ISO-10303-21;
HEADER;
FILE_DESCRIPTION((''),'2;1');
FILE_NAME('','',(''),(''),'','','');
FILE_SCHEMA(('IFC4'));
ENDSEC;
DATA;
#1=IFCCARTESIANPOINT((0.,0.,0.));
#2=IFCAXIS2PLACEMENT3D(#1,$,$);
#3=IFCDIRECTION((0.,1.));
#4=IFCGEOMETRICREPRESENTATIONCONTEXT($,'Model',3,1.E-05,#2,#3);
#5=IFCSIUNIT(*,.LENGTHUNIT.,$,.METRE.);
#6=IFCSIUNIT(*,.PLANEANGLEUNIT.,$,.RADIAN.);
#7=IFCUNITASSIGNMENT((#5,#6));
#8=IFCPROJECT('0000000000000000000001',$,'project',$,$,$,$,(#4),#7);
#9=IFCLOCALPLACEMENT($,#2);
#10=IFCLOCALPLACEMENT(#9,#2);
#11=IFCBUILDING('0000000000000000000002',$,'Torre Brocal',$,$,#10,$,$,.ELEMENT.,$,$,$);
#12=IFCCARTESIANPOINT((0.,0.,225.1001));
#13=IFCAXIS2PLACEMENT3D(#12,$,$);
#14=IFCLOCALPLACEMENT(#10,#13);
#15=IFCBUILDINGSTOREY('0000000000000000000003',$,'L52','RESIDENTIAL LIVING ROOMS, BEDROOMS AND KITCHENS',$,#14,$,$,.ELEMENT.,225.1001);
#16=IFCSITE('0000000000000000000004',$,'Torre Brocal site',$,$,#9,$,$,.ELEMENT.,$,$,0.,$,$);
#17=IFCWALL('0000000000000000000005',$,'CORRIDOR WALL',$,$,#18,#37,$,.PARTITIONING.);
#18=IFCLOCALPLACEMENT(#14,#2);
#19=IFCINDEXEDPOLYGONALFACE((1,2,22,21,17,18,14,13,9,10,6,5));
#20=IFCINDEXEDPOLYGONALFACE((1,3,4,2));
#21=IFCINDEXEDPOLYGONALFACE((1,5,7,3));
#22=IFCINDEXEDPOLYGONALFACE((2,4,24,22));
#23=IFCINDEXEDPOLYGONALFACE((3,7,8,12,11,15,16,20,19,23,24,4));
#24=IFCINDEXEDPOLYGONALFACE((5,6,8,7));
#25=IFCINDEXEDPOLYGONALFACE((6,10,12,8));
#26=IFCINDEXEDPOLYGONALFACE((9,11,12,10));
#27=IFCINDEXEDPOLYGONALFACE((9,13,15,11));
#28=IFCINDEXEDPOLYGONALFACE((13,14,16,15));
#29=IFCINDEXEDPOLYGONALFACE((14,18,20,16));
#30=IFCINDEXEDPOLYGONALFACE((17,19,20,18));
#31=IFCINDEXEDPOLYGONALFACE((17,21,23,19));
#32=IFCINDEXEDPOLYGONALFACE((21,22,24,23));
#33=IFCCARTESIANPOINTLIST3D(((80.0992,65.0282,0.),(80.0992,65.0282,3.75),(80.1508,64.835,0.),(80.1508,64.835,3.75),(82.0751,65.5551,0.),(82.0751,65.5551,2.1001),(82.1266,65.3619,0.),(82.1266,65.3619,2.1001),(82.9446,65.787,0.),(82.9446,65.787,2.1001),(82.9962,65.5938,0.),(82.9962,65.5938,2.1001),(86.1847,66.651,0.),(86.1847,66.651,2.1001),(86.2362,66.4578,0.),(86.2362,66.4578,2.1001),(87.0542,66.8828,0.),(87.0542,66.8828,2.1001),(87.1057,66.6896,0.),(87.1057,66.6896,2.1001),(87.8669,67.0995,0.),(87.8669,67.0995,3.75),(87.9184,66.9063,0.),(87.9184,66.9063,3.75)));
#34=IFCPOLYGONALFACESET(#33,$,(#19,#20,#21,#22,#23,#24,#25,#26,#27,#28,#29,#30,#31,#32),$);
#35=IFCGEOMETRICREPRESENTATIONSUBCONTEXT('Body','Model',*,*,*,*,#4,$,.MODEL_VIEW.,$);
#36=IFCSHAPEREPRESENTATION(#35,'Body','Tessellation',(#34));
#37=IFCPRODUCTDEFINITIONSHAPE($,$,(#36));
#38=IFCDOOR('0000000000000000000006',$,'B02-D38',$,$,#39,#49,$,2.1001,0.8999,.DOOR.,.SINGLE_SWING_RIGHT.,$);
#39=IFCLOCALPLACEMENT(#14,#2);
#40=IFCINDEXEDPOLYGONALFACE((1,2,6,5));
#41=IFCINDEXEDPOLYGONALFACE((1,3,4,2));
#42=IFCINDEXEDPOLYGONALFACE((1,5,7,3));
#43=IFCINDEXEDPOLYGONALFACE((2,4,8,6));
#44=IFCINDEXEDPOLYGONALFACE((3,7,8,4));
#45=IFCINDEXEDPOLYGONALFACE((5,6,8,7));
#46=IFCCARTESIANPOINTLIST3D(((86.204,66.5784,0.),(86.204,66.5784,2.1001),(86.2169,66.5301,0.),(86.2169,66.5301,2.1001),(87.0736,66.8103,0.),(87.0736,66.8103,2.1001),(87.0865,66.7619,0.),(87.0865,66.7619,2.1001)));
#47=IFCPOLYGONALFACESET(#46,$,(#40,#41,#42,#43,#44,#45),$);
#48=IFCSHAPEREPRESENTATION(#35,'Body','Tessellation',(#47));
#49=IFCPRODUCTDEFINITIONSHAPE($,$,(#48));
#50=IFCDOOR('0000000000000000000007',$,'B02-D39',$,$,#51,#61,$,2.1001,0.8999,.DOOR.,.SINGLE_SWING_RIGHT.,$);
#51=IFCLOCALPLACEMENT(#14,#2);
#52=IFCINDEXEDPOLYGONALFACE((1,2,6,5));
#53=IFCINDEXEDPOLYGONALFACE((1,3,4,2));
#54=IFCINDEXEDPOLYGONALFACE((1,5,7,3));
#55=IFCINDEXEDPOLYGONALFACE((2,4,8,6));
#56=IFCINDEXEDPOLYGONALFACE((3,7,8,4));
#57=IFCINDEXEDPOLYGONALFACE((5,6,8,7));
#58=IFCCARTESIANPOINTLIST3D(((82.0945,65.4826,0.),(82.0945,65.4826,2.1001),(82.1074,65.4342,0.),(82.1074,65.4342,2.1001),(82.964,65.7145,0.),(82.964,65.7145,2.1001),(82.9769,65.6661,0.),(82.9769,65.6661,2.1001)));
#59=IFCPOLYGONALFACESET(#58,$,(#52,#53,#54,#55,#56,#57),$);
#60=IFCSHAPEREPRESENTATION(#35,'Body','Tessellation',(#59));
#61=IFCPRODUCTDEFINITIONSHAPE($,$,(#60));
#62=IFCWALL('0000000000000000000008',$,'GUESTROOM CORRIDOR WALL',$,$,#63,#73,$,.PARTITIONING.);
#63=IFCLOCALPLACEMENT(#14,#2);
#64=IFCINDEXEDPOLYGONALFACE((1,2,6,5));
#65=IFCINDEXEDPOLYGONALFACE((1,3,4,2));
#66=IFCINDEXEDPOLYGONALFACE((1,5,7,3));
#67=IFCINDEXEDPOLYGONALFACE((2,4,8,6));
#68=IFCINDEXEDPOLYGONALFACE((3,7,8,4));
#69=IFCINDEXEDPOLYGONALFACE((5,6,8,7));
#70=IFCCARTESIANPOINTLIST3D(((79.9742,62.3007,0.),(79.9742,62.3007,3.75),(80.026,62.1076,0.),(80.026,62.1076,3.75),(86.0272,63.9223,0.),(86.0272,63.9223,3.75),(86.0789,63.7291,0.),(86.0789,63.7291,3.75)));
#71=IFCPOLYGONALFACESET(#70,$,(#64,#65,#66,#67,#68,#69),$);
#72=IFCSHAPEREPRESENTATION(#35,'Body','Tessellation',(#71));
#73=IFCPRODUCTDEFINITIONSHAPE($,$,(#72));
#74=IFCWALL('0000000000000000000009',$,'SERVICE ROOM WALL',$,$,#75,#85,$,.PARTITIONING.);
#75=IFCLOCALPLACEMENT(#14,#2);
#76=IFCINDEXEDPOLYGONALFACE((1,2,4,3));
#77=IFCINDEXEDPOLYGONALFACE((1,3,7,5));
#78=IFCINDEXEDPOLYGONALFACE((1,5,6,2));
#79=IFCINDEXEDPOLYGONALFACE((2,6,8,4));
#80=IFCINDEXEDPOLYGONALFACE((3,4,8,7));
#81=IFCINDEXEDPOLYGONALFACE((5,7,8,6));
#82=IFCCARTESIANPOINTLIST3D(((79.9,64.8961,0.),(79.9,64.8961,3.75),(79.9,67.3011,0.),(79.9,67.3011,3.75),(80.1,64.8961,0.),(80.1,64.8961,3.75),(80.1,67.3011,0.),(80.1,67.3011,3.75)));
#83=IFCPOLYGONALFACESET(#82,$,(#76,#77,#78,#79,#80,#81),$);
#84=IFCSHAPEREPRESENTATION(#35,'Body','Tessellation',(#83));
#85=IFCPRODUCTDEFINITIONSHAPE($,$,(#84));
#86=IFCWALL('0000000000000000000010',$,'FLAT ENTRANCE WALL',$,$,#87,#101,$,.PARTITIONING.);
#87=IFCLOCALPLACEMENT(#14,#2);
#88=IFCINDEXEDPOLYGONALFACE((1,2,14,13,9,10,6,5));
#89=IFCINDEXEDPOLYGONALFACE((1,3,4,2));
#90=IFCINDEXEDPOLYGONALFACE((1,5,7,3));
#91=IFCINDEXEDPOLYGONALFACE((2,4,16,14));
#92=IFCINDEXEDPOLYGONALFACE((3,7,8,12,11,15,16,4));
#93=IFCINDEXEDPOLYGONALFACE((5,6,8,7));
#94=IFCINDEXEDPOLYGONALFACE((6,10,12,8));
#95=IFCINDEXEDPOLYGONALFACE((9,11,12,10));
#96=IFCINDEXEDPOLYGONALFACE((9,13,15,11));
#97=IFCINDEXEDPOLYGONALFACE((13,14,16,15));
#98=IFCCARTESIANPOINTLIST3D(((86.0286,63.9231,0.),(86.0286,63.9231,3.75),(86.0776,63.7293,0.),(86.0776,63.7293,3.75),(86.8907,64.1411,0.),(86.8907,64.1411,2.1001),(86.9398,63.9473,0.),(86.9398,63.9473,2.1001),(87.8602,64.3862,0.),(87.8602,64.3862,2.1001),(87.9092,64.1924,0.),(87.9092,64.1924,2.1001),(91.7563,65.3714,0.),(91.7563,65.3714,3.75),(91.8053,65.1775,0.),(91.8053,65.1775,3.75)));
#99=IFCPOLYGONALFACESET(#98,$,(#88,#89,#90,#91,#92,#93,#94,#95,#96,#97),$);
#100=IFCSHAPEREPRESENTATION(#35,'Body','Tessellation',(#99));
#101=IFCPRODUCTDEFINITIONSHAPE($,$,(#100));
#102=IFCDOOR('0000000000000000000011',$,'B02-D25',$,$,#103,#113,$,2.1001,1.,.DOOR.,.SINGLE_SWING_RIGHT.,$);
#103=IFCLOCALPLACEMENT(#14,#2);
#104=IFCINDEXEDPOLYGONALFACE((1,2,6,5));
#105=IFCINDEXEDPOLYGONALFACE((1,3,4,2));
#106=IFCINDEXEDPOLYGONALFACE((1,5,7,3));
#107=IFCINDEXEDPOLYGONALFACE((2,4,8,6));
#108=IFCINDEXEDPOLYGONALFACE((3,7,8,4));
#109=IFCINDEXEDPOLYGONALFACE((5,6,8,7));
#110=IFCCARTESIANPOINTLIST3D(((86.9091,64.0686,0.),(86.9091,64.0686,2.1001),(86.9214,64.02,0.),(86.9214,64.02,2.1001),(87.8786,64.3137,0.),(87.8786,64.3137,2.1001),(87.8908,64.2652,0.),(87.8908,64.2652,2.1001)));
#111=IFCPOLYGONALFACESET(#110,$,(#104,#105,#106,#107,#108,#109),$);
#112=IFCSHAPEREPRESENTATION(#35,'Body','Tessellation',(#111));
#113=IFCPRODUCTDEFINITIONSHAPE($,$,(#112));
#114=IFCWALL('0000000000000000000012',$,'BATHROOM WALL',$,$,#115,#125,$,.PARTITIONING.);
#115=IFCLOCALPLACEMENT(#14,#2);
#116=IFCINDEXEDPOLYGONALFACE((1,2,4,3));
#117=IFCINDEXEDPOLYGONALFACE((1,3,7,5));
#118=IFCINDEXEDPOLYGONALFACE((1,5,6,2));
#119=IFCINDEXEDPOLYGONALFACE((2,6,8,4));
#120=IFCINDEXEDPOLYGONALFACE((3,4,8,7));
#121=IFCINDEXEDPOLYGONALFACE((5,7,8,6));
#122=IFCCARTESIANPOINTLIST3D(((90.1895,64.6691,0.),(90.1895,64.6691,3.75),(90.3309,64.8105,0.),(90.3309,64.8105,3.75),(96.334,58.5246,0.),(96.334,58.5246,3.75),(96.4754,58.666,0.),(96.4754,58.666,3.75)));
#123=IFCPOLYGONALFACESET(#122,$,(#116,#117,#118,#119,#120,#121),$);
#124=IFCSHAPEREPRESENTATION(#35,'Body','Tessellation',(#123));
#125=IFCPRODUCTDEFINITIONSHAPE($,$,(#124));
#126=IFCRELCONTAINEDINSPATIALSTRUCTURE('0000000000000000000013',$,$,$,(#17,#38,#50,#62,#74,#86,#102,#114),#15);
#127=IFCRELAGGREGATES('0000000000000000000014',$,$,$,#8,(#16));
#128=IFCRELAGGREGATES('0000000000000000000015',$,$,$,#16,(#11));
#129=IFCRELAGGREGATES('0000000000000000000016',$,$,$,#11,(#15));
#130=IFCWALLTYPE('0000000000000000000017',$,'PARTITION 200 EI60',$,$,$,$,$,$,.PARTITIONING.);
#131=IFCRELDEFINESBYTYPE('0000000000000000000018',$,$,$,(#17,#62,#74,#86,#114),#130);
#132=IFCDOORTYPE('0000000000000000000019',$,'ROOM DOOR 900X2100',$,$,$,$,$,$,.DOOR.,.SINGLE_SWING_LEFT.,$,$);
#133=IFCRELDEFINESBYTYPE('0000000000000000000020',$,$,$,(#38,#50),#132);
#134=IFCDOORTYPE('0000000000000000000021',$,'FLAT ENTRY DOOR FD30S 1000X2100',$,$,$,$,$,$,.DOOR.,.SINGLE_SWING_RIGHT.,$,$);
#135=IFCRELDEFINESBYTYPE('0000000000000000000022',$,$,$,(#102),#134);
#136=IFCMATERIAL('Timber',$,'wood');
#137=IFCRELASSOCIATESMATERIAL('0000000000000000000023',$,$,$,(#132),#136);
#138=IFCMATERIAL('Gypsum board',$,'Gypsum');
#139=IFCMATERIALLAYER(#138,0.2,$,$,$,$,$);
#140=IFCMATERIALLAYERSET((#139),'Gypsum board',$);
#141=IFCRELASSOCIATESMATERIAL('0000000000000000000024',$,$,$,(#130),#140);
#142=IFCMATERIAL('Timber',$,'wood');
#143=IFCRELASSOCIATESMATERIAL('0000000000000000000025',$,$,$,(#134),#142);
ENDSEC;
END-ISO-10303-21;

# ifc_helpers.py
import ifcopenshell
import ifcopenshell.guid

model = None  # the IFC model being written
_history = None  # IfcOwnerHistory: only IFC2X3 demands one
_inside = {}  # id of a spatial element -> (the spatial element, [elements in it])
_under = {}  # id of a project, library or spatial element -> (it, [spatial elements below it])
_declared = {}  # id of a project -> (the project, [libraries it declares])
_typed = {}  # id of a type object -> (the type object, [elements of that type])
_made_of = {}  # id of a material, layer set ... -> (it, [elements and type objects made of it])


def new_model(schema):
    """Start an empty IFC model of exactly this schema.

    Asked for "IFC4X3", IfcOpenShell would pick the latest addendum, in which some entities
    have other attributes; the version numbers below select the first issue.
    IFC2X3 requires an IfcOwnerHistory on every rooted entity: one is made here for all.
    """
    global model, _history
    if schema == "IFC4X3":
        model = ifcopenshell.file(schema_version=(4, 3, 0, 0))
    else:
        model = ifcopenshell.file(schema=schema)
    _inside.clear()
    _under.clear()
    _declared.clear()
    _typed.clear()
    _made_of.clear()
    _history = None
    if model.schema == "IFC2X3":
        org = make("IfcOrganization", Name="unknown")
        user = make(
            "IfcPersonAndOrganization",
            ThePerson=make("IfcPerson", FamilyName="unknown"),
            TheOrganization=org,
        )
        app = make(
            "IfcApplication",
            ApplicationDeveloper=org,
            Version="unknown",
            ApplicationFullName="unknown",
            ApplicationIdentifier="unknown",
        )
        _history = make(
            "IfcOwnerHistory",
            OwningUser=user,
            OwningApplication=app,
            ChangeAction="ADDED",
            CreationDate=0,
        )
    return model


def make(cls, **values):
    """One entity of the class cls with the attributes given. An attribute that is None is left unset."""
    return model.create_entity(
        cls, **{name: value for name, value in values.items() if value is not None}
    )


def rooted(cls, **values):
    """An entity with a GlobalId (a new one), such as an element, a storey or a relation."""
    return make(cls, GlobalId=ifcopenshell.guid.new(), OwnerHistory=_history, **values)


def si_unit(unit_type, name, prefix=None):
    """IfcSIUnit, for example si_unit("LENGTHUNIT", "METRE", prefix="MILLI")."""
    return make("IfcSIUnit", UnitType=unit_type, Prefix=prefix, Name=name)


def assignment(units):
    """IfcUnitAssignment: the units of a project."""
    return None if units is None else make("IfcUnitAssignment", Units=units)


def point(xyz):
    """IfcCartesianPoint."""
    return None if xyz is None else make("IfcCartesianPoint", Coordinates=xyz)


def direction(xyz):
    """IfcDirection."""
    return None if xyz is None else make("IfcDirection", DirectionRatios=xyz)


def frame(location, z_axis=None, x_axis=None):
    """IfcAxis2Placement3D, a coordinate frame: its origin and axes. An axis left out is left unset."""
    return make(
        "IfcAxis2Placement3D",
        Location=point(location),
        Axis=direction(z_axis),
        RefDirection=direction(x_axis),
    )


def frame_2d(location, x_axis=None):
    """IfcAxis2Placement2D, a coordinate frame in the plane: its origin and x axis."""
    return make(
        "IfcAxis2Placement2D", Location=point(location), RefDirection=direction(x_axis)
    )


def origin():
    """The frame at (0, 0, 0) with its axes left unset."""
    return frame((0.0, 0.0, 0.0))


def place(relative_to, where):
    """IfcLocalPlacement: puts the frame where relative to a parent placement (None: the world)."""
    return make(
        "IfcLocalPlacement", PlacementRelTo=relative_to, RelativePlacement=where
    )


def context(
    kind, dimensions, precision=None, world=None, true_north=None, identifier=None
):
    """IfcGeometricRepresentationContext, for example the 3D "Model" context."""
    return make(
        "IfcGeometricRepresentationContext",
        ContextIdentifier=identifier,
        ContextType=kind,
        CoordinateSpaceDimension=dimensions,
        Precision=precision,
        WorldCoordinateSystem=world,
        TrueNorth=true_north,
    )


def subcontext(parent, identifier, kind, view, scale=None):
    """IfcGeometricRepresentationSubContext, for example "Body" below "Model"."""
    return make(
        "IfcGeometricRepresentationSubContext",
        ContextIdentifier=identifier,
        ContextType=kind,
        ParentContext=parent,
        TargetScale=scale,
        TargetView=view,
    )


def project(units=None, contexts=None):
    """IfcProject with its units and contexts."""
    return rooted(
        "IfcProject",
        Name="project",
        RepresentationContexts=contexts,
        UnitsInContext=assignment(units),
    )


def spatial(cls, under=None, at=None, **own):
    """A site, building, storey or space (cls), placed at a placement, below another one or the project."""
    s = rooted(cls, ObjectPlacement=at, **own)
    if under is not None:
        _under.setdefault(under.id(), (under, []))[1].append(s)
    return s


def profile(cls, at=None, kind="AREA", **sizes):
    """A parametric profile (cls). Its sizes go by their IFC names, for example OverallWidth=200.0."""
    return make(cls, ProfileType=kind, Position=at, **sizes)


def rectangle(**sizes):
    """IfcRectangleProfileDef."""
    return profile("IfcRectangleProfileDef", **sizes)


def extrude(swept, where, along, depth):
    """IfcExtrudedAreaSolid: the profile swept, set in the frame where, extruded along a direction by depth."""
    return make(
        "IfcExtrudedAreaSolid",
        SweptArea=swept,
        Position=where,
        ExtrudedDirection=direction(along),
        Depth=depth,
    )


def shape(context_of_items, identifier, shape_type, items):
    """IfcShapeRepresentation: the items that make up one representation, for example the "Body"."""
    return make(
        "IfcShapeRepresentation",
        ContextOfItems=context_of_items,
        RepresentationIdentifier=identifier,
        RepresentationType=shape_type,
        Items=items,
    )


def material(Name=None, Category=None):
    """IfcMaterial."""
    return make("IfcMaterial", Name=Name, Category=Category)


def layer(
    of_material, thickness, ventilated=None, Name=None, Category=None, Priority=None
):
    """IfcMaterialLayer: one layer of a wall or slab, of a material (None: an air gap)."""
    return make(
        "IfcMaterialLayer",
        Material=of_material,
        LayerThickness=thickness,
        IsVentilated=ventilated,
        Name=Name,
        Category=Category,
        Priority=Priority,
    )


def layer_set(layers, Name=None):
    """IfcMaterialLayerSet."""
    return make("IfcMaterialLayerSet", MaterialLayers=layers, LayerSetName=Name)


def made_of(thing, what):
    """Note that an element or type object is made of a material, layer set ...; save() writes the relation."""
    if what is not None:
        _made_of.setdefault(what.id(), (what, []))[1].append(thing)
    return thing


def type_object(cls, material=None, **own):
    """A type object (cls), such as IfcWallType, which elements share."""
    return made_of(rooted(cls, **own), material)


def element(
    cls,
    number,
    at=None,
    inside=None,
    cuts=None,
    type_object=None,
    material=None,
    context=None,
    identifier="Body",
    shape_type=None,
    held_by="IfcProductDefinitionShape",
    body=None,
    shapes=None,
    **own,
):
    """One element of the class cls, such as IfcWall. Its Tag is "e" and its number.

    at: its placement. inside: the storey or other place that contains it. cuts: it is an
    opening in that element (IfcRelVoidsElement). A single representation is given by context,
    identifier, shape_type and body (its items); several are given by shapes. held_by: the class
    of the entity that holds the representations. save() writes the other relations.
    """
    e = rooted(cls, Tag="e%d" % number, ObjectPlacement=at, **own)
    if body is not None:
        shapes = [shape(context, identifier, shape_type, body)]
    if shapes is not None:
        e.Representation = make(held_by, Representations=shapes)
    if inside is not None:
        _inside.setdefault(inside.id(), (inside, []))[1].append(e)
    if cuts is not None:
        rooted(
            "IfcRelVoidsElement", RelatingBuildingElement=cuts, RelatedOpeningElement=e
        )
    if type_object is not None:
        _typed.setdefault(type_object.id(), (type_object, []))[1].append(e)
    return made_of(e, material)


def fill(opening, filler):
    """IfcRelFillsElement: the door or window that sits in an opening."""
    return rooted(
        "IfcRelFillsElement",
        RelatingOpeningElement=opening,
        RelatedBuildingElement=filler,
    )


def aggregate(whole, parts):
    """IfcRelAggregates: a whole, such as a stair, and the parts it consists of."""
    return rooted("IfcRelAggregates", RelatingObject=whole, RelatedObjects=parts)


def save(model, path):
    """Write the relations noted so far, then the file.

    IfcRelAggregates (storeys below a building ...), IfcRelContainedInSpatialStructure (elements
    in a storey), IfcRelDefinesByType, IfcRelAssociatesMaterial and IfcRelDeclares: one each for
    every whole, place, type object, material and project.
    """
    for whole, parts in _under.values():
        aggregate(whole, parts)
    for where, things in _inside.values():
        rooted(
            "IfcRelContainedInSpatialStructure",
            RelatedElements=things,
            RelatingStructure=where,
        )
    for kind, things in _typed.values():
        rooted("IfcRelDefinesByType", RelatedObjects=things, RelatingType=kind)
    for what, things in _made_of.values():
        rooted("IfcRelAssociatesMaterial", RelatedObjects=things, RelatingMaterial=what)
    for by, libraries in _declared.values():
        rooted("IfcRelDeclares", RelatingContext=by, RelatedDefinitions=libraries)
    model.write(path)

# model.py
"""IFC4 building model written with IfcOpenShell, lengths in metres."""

from ifc_helpers import new_model, si_unit, direction, frame, frame_2d, origin, place, context, subcontext, project, spatial, rectangle, extrude, material, layer, layer_set, type_object, element, fill, save


model = new_model("IFC4")

# Units and contexts
model_context = context("Model", 3, precision=1e-05, world=origin(), true_north=direction((0.0, 1.0)))
body_context = subcontext(model_context, "Body", "Model", "MODEL_VIEW")
ifc_project = project(units=[si_unit("LENGTHUNIT", "METRE"), si_unit("PLANEANGLEUNIT", "RADIAN")], contexts=[model_context])

# Site, building, storey
site_placement = place(None, origin())
site = spatial("IfcSite", under=ifc_project, at=site_placement, Name="Torre Brocal site", CompositionType="ELEMENT", RefElevation=0.0)
building_placement = place(site_placement, origin())
building = spatial("IfcBuilding", under=site, at=building_placement, Name="Torre Brocal", CompositionType="ELEMENT")
storey_placement = place(building_placement, frame((0.0, 0.0, 225.1001)))
storey = spatial("IfcBuildingStorey", under=building, at=storey_placement, Name="L52", Description="RESIDENTIAL LIVING ROOMS, BEDROOMS AND KITCHENS", CompositionType="ELEMENT", Elevation=225.1001)

# Shared definitions
ifc_material_1 = material(Name="Timber", Category="wood")
door_type_1 = type_object("IfcDoorType", Name="ROOM DOOR 900X2100", OperationType="SINGLE_SWING_LEFT", PredefinedType="DOOR", material=ifc_material_1)

# Wall, openings, doors
ifc_material_2 = material(Name="Gypsum board", Category="Gypsum")
ifc_layer_1 = layer(ifc_material_2, 0.2)
ifc_layer_set_1 = layer_set([ifc_layer_1], Name="Gypsum board")
wall_type_1 = type_object("IfcWallType", Name="PARTITION 200 EI60", PredefinedType="PARTITIONING", material=ifc_layer_set_1)
wall_1_placement = place(storey_placement, frame((80.125, 64.9316, 0.0), z_axis=(0.0, 0.0, 1.0), x_axis=(0.966237, 0.257655, 0.0)))
wall_1 = element("IfcWall", 1, at=wall_1_placement, inside=storey, type_object=wall_type_1, Name="CORRIDOR WALL", PredefinedType="PARTITIONING", context=body_context, shape_type="SweptSolid", body=[
    extrude(rectangle(XDim=8.0391, YDim=0.2, at=frame_2d((4.0195, 0.0))), origin(), (0.0, 0.0, 1.0), 3.75),
])
opening_1_placement = place(wall_1_placement, frame((6.2981, 0.0, 0.0)))
opening_1 = element("IfcOpeningElement", 2, at=opening_1_placement, cuts=wall_1, PredefinedType="OPENING", context=body_context, shape_type="SweptSolid", body=[
    extrude(rectangle(XDim=0.8999, YDim=2.1001, at=frame_2d((0.45, 1.05))), frame((0.0, 0.1099, 0.0), z_axis=(0.0, -1.0, 0.0), x_axis=(1.0, 0.0, 0.0)), (0.0, 0.0, 1.0), 0.22),
])
opening_2_placement = place(wall_1_placement, frame((2.0449, 0.0, 0.0)))
opening_2 = element("IfcOpeningElement", 3, at=opening_2_placement, cuts=wall_1, PredefinedType="OPENING", context=body_context, shape_type="SweptSolid", body=[
    extrude(rectangle(XDim=0.8999, YDim=2.1001, at=frame_2d((0.45, 1.05))), frame((0.0, 0.1099, 0.0), z_axis=(0.0, -1.0, 0.0), x_axis=(1.0, 0.0, 0.0)), (0.0, 0.0, 1.0), 0.22),
])
door_1_placement = place(opening_1_placement, origin())
door_1 = element("IfcDoor", 4, at=door_1_placement, inside=storey, type_object=door_type_1, Name="B02-D38", OperationType="SINGLE_SWING_RIGHT", OverallHeight=2.1001, OverallWidth=0.8999, PredefinedType="DOOR", context=body_context, shape_type="SweptSolid", body=[
    extrude(rectangle(XDim=0.8999, YDim=2.1001, at=frame_2d((0.45, 1.05))), frame((0.0, 0.0249, 0.0), z_axis=(0.0, -1.0, 0.0), x_axis=(1.0, 0.0, 0.0)), (0.0, 0.0, 1.0), 0.05),
])
fill(opening_1, door_1)
door_2_placement = place(opening_2_placement, origin())
door_2 = element("IfcDoor", 5, at=door_2_placement, inside=storey, type_object=door_type_1, Name="B02-D39", OperationType="SINGLE_SWING_RIGHT", OverallHeight=2.1001, OverallWidth=0.8999, PredefinedType="DOOR", context=body_context, shape_type="SweptSolid", body=[
    extrude(rectangle(XDim=0.8999, YDim=2.1001, at=frame_2d((0.45, 1.05))), frame((0.0, 0.0249, 0.0), z_axis=(0.0, -1.0, 0.0), x_axis=(1.0, 0.0, 0.0)), (0.0, 0.0, 1.0), 0.05),
])
fill(opening_2, door_2)

# Walls
wall_2_placement = place(storey_placement, frame((80.0, 62.2041, 0.0), z_axis=(0.0, 0.0, 1.0), x_axis=(0.965938, 0.258773, 0.0)))
element("IfcWall", 6, at=wall_2_placement, inside=storey, type_object=wall_type_1, Name="GUESTROOM CORRIDOR WALL", PredefinedType="PARTITIONING", context=body_context, shape_type="SweptSolid", body=[
    extrude(rectangle(XDim=6.2664, YDim=0.2, at=frame_2d((3.1333, 0.0))), origin(), (0.0, 0.0, 1.0), 3.75),
])
wall_3_placement = place(storey_placement, frame((80.0, 64.896, 0.0), z_axis=(0.0, 0.0, 1.0), x_axis=(0.0, 1.0, 0.0)))
element("IfcWall", 7, at=wall_3_placement, inside=storey, type_object=wall_type_1, Name="SERVICE ROOM WALL", PredefinedType="PARTITIONING", context=body_context, shape_type="SweptSolid", body=[
    extrude(rectangle(XDim=2.405, YDim=0.2, at=frame_2d((1.2026, 0.0))), origin(), (0.0, 0.0, 1.0), 3.75),
])

# Wall, opening, door
wall_4_placement = place(storey_placement, frame((86.053, 63.8262, 0.0), z_axis=(0.0, 0.0, 1.0), x_axis=(0.96949, 0.245131, 0.0)))
wall_4 = element("IfcWall", 8, at=wall_4_placement, inside=storey, type_object=wall_type_1, Name="FLAT ENTRANCE WALL", PredefinedType="PARTITIONING", context=body_context, shape_type="SweptSolid", body=[
    extrude(rectangle(XDim=5.908, YDim=0.2, at=frame_2d((2.9541, 0.0))), origin(), (0.0, 0.0, 1.0), 3.75),
])
opening_3_placement = place(wall_4_placement, frame((0.8894, 0.0, 0.0)))
opening_3 = element("IfcOpeningElement", 9, at=opening_3_placement, cuts=wall_4, PredefinedType="OPENING", context=body_context, shape_type="SweptSolid", body=[
    extrude(rectangle(XDim=1.0, YDim=2.1001, at=frame_2d((0.5, 1.05))), frame((0.0, 0.1099, 0.0), z_axis=(0.0, -1.0, 0.0), x_axis=(1.0, 0.0, 0.0)), (0.0, 0.0, 1.0), 0.22),
])
ifc_material_3 = material(Name="Timber", Category="wood")
door_type_2 = type_object("IfcDoorType", Name="FLAT ENTRY DOOR FD30S 1000X2100", OperationType="SINGLE_SWING_RIGHT", PredefinedType="DOOR", material=ifc_material_3)
door_3_placement = place(opening_3_placement, frame((1.0, 0.0, 0.0), z_axis=(0.0, 0.0, 1.0), x_axis=(-1.0, 0.0, 0.0)))
door_3 = element("IfcDoor", 10, at=door_3_placement, inside=storey, type_object=door_type_2, Name="B02-D25", OperationType="SINGLE_SWING_RIGHT", OverallHeight=2.1001, OverallWidth=1.0, PredefinedType="DOOR", context=body_context, shape_type="SweptSolid", body=[
    extrude(rectangle(XDim=1.0, YDim=2.1001, at=frame_2d((0.5, 1.05))), frame((0.0, 0.0249, 0.0), z_axis=(0.0, -1.0, 0.0), x_axis=(1.0, 0.0, 0.0)), (0.0, 0.0, 1.0), 0.05),
])
fill(opening_3, door_3)

# Wall
wall_5_placement = place(storey_placement, frame((90.2603, 64.7397, 0.0), z_axis=(0.0, 0.0, 1.0), x_axis=(0.707107, -0.707107, 0.0)))
element("IfcWall", 11, at=wall_5_placement, inside=storey, type_object=wall_type_1, Name="BATHROOM WALL", PredefinedType="PARTITIONING", context=body_context, shape_type="SweptSolid", body=[
    extrude(rectangle(XDim=8.6897, YDim=0.2, at=frame_2d((4.3447, 0.0))), origin(), (0.0, 0.0, 1.0), 3.75),
])

save(model, "model.ifc")
